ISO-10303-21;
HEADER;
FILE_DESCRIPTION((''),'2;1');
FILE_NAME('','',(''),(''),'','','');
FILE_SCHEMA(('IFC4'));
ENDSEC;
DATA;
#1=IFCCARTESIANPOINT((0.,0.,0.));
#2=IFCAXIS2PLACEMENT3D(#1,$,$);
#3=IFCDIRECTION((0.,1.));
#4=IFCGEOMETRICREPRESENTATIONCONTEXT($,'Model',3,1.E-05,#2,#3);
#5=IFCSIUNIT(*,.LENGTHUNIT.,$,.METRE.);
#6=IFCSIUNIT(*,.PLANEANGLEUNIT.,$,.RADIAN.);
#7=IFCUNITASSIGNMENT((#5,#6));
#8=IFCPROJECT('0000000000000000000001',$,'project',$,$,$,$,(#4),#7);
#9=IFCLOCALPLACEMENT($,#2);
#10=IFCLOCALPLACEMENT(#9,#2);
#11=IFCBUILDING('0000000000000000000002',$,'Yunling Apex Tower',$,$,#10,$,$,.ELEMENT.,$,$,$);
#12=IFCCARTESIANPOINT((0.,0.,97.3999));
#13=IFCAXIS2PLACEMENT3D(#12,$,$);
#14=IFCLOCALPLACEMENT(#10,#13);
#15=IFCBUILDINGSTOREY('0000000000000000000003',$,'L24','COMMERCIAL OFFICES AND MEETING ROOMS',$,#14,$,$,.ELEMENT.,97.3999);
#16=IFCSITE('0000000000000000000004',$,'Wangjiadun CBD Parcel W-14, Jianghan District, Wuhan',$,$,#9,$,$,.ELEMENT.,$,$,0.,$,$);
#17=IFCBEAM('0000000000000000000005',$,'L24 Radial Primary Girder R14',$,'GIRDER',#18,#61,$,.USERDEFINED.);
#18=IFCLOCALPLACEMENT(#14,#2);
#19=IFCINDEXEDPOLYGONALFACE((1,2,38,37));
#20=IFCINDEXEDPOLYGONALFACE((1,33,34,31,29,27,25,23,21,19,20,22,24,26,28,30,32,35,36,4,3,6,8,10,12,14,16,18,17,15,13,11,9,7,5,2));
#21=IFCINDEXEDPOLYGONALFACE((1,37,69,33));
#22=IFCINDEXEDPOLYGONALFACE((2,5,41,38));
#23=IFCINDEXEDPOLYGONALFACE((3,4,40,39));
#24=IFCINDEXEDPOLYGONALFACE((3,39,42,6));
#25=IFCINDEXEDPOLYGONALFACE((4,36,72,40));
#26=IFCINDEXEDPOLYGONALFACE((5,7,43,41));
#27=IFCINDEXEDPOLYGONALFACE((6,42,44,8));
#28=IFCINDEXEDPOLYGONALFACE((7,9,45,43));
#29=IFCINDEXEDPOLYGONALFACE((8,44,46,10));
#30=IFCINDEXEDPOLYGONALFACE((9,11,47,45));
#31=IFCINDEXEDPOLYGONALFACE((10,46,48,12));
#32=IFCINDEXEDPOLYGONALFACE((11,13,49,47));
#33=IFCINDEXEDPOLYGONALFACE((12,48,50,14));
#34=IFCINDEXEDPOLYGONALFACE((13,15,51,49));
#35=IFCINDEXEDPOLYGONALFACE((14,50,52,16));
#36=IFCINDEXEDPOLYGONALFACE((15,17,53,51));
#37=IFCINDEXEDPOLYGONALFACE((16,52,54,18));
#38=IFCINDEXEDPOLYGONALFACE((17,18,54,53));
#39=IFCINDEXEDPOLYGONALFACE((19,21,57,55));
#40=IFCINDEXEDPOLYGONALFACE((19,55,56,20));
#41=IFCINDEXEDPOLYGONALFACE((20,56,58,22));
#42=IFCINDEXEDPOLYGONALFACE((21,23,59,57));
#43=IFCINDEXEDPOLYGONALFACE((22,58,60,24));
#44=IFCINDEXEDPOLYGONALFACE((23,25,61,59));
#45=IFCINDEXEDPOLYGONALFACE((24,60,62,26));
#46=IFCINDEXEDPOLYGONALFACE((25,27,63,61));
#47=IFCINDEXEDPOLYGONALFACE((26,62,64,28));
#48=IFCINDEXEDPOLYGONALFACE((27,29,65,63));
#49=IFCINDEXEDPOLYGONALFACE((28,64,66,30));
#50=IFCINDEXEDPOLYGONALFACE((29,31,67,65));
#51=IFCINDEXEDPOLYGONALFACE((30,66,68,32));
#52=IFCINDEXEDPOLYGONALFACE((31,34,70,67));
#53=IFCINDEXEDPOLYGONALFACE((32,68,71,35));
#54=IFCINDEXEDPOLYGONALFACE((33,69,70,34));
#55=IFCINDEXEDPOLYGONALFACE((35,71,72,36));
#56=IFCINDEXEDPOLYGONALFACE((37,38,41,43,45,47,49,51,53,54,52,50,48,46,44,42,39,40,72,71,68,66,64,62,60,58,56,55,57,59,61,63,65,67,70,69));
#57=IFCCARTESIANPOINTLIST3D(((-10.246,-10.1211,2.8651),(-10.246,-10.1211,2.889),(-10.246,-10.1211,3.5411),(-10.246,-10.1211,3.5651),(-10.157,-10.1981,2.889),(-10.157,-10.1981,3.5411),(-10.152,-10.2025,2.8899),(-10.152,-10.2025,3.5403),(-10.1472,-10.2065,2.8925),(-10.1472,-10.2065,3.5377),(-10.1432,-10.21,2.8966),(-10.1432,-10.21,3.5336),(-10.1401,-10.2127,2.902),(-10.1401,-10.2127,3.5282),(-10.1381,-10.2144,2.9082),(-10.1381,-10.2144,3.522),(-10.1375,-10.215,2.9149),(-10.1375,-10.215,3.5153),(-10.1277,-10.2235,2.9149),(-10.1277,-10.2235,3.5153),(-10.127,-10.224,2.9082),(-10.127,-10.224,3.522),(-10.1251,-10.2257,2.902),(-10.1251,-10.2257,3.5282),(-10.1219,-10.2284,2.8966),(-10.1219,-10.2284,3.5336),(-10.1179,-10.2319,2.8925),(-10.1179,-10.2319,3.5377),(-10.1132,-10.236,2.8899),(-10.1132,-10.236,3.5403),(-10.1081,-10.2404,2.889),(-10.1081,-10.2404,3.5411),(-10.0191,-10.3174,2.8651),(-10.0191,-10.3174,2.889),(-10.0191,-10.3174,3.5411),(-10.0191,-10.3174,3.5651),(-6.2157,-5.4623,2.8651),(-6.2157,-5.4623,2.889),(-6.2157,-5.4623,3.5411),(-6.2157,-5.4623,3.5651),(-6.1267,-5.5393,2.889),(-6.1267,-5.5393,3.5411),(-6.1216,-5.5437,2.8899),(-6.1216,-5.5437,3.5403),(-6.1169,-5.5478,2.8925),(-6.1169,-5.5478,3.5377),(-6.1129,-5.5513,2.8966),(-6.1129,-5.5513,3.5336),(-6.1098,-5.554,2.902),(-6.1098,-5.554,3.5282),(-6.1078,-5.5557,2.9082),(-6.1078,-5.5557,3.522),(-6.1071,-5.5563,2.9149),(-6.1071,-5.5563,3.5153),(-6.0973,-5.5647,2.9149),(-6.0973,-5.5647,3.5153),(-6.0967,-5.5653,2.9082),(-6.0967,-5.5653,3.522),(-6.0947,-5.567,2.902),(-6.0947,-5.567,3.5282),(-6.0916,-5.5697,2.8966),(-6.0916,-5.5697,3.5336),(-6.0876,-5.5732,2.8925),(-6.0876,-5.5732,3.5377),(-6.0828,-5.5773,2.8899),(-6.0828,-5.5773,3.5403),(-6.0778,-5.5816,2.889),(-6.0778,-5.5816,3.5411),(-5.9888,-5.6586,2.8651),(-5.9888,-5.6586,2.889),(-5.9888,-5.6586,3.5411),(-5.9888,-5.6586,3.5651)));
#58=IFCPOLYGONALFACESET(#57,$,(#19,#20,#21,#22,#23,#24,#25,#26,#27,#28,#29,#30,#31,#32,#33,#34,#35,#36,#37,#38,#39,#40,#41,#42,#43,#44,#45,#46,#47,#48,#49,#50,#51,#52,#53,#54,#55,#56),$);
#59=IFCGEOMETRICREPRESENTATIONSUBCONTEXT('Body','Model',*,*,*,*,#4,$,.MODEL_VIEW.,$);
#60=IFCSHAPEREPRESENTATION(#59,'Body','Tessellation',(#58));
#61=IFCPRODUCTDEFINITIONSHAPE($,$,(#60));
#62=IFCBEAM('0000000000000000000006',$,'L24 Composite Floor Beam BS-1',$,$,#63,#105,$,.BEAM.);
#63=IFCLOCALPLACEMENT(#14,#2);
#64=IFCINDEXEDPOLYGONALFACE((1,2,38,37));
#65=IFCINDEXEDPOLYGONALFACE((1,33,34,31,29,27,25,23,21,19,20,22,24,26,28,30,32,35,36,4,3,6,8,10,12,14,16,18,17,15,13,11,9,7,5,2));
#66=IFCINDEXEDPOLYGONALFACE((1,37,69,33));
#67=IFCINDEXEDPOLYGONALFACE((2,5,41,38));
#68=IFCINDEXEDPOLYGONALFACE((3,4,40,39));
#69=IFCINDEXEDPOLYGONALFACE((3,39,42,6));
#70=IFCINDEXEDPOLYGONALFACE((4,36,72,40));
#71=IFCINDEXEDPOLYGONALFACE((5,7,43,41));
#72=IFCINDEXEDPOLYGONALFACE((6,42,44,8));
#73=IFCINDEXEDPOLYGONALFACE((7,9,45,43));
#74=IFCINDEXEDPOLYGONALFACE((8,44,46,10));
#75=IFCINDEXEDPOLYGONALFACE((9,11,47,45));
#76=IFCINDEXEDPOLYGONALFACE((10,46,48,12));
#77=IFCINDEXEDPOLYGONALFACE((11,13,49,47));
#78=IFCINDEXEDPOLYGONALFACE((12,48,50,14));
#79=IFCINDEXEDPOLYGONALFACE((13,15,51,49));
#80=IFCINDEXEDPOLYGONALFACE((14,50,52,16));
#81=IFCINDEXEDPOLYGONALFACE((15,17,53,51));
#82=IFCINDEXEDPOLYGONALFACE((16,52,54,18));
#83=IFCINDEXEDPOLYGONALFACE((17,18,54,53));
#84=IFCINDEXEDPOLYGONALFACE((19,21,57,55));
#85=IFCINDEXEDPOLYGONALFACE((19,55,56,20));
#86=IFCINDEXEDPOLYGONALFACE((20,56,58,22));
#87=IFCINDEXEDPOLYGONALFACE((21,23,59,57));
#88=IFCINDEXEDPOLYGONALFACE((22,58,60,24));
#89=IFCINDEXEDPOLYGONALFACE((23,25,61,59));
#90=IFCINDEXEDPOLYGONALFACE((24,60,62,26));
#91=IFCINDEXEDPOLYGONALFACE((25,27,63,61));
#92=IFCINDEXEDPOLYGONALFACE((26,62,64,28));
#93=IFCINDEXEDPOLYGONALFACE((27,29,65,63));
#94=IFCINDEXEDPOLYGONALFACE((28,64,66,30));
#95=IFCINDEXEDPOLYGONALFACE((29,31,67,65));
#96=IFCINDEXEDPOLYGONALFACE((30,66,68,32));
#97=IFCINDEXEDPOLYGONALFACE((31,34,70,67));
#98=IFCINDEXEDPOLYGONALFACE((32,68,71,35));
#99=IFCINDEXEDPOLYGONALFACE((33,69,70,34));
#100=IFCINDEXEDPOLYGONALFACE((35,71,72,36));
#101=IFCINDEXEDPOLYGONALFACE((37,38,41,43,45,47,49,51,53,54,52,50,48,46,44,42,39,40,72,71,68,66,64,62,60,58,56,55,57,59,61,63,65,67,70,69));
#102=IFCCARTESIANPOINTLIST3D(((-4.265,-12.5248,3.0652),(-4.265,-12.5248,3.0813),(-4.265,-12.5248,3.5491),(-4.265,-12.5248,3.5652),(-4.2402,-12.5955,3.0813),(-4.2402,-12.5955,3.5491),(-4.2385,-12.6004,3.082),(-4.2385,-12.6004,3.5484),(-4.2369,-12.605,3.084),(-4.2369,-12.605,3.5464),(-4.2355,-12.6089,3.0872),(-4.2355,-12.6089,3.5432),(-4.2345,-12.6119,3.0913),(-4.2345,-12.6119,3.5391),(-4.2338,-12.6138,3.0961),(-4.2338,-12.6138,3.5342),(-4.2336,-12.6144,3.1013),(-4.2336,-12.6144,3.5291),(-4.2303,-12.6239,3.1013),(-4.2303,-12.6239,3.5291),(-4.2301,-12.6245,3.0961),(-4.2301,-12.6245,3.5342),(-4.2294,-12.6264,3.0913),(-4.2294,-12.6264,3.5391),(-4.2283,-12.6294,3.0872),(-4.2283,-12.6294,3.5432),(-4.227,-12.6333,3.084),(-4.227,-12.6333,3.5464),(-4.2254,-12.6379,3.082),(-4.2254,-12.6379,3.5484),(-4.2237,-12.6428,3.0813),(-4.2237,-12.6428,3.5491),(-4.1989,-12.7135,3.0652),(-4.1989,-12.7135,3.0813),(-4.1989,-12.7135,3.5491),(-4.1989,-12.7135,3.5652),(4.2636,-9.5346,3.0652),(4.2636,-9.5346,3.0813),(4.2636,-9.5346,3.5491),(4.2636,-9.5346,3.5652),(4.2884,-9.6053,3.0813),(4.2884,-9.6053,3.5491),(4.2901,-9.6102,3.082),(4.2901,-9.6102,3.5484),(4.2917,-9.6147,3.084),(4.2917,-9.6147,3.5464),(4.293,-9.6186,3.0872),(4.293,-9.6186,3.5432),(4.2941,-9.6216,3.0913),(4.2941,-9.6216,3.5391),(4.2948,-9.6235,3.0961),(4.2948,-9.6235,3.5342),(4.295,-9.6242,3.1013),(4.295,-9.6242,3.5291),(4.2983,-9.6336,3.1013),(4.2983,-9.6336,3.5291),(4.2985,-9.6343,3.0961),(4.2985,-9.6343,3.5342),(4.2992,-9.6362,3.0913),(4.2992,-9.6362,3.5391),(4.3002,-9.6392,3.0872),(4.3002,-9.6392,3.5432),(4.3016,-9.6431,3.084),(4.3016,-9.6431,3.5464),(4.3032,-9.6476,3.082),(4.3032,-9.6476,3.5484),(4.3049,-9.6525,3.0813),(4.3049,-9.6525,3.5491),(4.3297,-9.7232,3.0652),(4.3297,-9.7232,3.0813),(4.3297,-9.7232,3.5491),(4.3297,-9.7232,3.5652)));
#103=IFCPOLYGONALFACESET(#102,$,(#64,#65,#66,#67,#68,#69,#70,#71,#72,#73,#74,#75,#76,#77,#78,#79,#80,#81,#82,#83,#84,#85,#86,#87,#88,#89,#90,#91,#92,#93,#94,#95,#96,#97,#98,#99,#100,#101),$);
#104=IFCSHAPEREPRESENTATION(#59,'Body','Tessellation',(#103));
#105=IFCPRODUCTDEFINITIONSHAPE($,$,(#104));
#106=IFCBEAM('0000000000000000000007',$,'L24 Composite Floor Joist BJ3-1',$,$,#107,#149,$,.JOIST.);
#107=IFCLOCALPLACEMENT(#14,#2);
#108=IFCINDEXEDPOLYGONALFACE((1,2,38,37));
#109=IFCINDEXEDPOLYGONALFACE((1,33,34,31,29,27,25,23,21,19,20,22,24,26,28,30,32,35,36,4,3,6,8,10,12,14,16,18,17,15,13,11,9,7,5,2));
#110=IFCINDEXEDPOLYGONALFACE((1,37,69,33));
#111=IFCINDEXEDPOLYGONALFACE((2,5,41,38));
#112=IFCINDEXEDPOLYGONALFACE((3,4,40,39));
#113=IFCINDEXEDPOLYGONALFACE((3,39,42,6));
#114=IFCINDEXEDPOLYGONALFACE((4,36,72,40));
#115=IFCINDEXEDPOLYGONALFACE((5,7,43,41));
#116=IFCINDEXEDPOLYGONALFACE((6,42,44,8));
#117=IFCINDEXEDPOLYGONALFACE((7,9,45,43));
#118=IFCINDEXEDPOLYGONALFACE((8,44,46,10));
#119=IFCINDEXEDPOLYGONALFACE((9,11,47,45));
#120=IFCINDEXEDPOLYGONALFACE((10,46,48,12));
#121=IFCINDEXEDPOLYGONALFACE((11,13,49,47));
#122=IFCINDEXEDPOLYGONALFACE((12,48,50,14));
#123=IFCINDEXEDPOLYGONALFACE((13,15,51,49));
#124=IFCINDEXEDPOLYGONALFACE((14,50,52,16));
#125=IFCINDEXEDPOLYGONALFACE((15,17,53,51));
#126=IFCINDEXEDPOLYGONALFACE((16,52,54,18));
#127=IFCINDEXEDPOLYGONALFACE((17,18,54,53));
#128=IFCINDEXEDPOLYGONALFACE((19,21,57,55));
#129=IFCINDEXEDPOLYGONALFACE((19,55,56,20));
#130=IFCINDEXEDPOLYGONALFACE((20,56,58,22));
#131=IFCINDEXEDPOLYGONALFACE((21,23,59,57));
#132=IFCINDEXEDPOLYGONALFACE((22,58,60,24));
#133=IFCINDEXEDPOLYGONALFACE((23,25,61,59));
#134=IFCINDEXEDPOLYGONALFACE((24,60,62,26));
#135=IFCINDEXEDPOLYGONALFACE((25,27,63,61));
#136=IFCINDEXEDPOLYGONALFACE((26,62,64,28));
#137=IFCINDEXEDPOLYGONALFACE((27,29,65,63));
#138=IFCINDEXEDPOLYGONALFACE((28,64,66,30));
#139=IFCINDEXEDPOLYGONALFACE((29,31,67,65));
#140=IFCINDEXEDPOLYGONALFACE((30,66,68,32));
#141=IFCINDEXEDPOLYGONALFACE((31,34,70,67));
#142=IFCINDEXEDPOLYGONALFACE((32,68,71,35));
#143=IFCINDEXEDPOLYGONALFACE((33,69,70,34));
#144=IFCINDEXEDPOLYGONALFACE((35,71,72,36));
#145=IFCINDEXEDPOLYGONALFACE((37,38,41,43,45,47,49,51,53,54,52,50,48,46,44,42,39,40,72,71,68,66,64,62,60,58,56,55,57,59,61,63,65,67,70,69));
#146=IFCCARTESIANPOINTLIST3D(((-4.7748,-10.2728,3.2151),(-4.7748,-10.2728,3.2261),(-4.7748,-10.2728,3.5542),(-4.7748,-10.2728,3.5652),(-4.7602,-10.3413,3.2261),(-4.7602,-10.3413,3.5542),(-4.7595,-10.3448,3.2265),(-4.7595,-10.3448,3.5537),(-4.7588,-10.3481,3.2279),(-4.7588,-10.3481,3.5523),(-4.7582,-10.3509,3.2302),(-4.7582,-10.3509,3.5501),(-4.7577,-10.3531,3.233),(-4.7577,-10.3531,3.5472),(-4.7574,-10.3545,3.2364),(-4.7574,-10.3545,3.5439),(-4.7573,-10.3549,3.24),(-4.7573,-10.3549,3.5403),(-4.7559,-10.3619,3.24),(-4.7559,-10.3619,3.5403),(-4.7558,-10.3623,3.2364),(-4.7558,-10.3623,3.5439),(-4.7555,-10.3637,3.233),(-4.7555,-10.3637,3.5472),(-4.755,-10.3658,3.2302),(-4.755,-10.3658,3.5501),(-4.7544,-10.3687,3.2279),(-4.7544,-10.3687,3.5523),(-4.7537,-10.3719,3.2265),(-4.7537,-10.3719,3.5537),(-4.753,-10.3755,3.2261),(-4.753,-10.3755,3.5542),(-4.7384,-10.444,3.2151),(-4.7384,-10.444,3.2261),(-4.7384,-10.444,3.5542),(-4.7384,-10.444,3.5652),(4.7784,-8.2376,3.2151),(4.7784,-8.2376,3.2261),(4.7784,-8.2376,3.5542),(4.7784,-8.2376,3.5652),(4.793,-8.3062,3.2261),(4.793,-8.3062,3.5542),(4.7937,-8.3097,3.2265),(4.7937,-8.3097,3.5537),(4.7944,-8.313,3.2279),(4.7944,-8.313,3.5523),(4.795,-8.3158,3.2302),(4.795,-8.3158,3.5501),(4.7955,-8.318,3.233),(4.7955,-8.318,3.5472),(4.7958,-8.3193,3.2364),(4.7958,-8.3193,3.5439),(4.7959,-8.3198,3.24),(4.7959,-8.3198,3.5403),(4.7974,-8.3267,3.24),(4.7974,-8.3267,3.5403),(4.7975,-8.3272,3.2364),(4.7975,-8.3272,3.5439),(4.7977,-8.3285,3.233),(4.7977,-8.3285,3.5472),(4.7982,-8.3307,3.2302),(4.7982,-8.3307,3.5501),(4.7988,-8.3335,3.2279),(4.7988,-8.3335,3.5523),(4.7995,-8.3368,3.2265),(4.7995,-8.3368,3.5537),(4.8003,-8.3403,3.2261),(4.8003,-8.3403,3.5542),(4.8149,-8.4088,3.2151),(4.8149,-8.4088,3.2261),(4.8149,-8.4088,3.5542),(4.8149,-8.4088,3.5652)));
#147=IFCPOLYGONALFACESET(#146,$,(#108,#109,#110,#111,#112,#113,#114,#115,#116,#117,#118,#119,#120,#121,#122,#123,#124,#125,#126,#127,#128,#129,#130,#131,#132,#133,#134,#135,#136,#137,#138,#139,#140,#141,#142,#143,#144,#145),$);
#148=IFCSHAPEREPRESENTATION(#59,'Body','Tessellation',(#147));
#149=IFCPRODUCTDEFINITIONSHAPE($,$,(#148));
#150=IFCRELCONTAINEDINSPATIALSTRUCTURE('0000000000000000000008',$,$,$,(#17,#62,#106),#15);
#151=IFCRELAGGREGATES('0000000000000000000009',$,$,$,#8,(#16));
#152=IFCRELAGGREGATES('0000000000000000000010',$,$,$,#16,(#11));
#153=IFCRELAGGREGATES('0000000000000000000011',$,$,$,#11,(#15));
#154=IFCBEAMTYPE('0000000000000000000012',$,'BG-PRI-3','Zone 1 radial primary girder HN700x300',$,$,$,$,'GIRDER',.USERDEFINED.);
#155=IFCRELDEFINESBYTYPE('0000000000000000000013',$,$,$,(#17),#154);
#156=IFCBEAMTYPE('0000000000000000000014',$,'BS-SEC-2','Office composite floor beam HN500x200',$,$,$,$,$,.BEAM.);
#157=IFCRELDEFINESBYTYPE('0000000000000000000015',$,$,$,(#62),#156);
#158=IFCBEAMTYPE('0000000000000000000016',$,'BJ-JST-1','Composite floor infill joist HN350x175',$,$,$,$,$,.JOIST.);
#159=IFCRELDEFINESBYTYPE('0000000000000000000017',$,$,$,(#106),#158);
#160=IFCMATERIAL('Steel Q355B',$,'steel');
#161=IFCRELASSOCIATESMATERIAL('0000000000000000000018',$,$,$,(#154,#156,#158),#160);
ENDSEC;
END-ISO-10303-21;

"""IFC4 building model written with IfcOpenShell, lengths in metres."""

from ifc_helpers import new_model, si_unit, direction, frame, origin, origin_2d, place, context, subcontext, project, spatial, i_section, extrude, source, transform, mapped, material, material_profile, profile_set, type_object, element, save


model = new_model("IFC4")

# Units and contexts
model_context = context("Model", 3, precision=1e-05, world=origin(), true_north=direction((0.0, 1.0)))
body_context = subcontext(model_context, "Body", "Model", "MODEL_VIEW")
ifc_project = project(units=[si_unit("LENGTHUNIT", "METRE"), si_unit("PLANEANGLEUNIT", "RADIAN")], contexts=[model_context])

# Site, building, storey
site_placement = place(None, origin())
site = spatial("IfcSite", under=ifc_project, at=site_placement, Name="Wangjiadun CBD Parcel W-14, Jianghan District, Wuhan", CompositionType="ELEMENT", RefElevation=0.0)
building_placement = place(site_placement, origin())
building = spatial("IfcBuilding", under=site, at=building_placement, Name="Yunling Apex Tower", CompositionType="ELEMENT")
storey_placement = place(building_placement, frame((0.0, 0.0, 97.3999)))
storey = spatial("IfcBuildingStorey", under=building, at=storey_placement, Name="L24", Description="COMMERCIAL OFFICES AND MEETING ROOMS", CompositionType="ELEMENT", Elevation=97.3999)

# Beams
ifc_material_1 = material(Name="Steel Q355B", Category="steel")
ifc_material_profile_1 = material_profile(ifc_material_1, i_section(OverallWidth=0.3, OverallDepth=0.7, WebThickness=0.0129, FlangeThickness=0.0239, FilletRadius=0.0259, at=origin_2d()))
ifc_profile_set_1 = profile_set([ifc_material_profile_1], Name="Steel Q355B")
beam_type_1 = type_object("IfcBeamType", Name="BG-PRI-3", Description="Zone 1 radial primary girder HN700x300", ElementType="GIRDER", PredefinedType="USERDEFINED", material=ifc_profile_set_1)
shared_shape_1 = source(origin(), body_context, "Body", "SweptSolid", [
    extrude(i_section(OverallWidth=0.3, OverallDepth=0.7, WebThickness=0.0129, FlangeThickness=0.0239, FilletRadius=0.0259, at=origin_2d()), origin(), (0.0, 0.0, 1.0), 6.1602),
])
beam_1_placement = place(storey_placement, frame((-10.1326, -10.2192, 3.2151), z_axis=(0.654257, 0.756272, 0.0), x_axis=(-0.756272, 0.654257, 0.0)))
element("IfcBeam", 1, at=beam_1_placement, inside=storey, type_object=beam_type_1, Name="L24 Radial Primary Girder R14", ObjectType="GIRDER", PredefinedType="USERDEFINED", context=body_context, shape_type="MappedRepresentation", body=[
    mapped(shared_shape_1, transform((0.0, 0.0, 0.0), scale=1.0)),
])
ifc_material_profile_2 = material_profile(ifc_material_1, i_section(OverallWidth=0.2, OverallDepth=0.5, WebThickness=0.01, FlangeThickness=0.0161, FilletRadius=0.02, at=origin_2d()))
ifc_profile_set_2 = profile_set([ifc_material_profile_2], Name="Steel Q355B")
beam_type_2 = type_object("IfcBeamType", Name="BS-SEC-2", Description="Office composite floor beam HN500x200", PredefinedType="BEAM", material=ifc_profile_set_2)
shared_shape_2 = source(origin(), body_context, "Body", "SweptSolid", [
    extrude(i_section(OverallWidth=0.2, OverallDepth=0.5, WebThickness=0.01, FlangeThickness=0.0161, FilletRadius=0.02, at=origin_2d()), origin(), (0.0, 0.0, 1.0), 9.0376),
])
beam_2_placement = place(storey_placement, frame((-4.2319, -12.6191, 3.3152), z_axis=(0.943678, 0.330867, 0.0), x_axis=(-0.330867, 0.943678, 0.0)))
element("IfcBeam", 2, at=beam_2_placement, inside=storey, type_object=beam_type_2, Name="L24 Composite Floor Beam BS-1", PredefinedType="BEAM", context=body_context, shape_type="MappedRepresentation", body=[
    mapped(shared_shape_2, transform((0.0, 0.0, 0.0), scale=1.0)),
])
ifc_material_profile_3 = material_profile(ifc_material_1, i_section(OverallWidth=0.175, OverallDepth=0.3501, WebThickness=0.0071, FlangeThickness=0.011, FilletRadius=0.0139, at=origin_2d()))
ifc_profile_set_3 = profile_set([ifc_material_profile_3], Name="Steel Q355B")
beam_type_3 = type_object("IfcBeamType", Name="BJ-JST-1", Description="Composite floor infill joist HN350x175", PredefinedType="JOIST", material=ifc_profile_set_3)
shared_shape_3 = source(origin(), body_context, "Body", "SweptSolid", [
    extrude(i_section(OverallWidth=0.175, OverallDepth=0.3501, WebThickness=0.0071, FlangeThickness=0.011, FilletRadius=0.0139, at=origin_2d()), origin(), (0.0, 0.0, 1.0), 9.7676),
])
beam_3_placement = place(storey_placement, frame((-4.7566, -10.3584, 3.3901), z_axis=(0.978053, 0.208358, 0.0), x_axis=(-0.208358, 0.978053, 0.0)))
element("IfcBeam", 3, at=beam_3_placement, inside=storey, type_object=beam_type_3, Name="L24 Composite Floor Joist BJ3-1", PredefinedType="JOIST", context=body_context, shape_type="MappedRepresentation", body=[
    mapped(shared_shape_3, transform((0.0, 0.0, 0.0), scale=1.0)),
])

save(model, "model.ifc")
